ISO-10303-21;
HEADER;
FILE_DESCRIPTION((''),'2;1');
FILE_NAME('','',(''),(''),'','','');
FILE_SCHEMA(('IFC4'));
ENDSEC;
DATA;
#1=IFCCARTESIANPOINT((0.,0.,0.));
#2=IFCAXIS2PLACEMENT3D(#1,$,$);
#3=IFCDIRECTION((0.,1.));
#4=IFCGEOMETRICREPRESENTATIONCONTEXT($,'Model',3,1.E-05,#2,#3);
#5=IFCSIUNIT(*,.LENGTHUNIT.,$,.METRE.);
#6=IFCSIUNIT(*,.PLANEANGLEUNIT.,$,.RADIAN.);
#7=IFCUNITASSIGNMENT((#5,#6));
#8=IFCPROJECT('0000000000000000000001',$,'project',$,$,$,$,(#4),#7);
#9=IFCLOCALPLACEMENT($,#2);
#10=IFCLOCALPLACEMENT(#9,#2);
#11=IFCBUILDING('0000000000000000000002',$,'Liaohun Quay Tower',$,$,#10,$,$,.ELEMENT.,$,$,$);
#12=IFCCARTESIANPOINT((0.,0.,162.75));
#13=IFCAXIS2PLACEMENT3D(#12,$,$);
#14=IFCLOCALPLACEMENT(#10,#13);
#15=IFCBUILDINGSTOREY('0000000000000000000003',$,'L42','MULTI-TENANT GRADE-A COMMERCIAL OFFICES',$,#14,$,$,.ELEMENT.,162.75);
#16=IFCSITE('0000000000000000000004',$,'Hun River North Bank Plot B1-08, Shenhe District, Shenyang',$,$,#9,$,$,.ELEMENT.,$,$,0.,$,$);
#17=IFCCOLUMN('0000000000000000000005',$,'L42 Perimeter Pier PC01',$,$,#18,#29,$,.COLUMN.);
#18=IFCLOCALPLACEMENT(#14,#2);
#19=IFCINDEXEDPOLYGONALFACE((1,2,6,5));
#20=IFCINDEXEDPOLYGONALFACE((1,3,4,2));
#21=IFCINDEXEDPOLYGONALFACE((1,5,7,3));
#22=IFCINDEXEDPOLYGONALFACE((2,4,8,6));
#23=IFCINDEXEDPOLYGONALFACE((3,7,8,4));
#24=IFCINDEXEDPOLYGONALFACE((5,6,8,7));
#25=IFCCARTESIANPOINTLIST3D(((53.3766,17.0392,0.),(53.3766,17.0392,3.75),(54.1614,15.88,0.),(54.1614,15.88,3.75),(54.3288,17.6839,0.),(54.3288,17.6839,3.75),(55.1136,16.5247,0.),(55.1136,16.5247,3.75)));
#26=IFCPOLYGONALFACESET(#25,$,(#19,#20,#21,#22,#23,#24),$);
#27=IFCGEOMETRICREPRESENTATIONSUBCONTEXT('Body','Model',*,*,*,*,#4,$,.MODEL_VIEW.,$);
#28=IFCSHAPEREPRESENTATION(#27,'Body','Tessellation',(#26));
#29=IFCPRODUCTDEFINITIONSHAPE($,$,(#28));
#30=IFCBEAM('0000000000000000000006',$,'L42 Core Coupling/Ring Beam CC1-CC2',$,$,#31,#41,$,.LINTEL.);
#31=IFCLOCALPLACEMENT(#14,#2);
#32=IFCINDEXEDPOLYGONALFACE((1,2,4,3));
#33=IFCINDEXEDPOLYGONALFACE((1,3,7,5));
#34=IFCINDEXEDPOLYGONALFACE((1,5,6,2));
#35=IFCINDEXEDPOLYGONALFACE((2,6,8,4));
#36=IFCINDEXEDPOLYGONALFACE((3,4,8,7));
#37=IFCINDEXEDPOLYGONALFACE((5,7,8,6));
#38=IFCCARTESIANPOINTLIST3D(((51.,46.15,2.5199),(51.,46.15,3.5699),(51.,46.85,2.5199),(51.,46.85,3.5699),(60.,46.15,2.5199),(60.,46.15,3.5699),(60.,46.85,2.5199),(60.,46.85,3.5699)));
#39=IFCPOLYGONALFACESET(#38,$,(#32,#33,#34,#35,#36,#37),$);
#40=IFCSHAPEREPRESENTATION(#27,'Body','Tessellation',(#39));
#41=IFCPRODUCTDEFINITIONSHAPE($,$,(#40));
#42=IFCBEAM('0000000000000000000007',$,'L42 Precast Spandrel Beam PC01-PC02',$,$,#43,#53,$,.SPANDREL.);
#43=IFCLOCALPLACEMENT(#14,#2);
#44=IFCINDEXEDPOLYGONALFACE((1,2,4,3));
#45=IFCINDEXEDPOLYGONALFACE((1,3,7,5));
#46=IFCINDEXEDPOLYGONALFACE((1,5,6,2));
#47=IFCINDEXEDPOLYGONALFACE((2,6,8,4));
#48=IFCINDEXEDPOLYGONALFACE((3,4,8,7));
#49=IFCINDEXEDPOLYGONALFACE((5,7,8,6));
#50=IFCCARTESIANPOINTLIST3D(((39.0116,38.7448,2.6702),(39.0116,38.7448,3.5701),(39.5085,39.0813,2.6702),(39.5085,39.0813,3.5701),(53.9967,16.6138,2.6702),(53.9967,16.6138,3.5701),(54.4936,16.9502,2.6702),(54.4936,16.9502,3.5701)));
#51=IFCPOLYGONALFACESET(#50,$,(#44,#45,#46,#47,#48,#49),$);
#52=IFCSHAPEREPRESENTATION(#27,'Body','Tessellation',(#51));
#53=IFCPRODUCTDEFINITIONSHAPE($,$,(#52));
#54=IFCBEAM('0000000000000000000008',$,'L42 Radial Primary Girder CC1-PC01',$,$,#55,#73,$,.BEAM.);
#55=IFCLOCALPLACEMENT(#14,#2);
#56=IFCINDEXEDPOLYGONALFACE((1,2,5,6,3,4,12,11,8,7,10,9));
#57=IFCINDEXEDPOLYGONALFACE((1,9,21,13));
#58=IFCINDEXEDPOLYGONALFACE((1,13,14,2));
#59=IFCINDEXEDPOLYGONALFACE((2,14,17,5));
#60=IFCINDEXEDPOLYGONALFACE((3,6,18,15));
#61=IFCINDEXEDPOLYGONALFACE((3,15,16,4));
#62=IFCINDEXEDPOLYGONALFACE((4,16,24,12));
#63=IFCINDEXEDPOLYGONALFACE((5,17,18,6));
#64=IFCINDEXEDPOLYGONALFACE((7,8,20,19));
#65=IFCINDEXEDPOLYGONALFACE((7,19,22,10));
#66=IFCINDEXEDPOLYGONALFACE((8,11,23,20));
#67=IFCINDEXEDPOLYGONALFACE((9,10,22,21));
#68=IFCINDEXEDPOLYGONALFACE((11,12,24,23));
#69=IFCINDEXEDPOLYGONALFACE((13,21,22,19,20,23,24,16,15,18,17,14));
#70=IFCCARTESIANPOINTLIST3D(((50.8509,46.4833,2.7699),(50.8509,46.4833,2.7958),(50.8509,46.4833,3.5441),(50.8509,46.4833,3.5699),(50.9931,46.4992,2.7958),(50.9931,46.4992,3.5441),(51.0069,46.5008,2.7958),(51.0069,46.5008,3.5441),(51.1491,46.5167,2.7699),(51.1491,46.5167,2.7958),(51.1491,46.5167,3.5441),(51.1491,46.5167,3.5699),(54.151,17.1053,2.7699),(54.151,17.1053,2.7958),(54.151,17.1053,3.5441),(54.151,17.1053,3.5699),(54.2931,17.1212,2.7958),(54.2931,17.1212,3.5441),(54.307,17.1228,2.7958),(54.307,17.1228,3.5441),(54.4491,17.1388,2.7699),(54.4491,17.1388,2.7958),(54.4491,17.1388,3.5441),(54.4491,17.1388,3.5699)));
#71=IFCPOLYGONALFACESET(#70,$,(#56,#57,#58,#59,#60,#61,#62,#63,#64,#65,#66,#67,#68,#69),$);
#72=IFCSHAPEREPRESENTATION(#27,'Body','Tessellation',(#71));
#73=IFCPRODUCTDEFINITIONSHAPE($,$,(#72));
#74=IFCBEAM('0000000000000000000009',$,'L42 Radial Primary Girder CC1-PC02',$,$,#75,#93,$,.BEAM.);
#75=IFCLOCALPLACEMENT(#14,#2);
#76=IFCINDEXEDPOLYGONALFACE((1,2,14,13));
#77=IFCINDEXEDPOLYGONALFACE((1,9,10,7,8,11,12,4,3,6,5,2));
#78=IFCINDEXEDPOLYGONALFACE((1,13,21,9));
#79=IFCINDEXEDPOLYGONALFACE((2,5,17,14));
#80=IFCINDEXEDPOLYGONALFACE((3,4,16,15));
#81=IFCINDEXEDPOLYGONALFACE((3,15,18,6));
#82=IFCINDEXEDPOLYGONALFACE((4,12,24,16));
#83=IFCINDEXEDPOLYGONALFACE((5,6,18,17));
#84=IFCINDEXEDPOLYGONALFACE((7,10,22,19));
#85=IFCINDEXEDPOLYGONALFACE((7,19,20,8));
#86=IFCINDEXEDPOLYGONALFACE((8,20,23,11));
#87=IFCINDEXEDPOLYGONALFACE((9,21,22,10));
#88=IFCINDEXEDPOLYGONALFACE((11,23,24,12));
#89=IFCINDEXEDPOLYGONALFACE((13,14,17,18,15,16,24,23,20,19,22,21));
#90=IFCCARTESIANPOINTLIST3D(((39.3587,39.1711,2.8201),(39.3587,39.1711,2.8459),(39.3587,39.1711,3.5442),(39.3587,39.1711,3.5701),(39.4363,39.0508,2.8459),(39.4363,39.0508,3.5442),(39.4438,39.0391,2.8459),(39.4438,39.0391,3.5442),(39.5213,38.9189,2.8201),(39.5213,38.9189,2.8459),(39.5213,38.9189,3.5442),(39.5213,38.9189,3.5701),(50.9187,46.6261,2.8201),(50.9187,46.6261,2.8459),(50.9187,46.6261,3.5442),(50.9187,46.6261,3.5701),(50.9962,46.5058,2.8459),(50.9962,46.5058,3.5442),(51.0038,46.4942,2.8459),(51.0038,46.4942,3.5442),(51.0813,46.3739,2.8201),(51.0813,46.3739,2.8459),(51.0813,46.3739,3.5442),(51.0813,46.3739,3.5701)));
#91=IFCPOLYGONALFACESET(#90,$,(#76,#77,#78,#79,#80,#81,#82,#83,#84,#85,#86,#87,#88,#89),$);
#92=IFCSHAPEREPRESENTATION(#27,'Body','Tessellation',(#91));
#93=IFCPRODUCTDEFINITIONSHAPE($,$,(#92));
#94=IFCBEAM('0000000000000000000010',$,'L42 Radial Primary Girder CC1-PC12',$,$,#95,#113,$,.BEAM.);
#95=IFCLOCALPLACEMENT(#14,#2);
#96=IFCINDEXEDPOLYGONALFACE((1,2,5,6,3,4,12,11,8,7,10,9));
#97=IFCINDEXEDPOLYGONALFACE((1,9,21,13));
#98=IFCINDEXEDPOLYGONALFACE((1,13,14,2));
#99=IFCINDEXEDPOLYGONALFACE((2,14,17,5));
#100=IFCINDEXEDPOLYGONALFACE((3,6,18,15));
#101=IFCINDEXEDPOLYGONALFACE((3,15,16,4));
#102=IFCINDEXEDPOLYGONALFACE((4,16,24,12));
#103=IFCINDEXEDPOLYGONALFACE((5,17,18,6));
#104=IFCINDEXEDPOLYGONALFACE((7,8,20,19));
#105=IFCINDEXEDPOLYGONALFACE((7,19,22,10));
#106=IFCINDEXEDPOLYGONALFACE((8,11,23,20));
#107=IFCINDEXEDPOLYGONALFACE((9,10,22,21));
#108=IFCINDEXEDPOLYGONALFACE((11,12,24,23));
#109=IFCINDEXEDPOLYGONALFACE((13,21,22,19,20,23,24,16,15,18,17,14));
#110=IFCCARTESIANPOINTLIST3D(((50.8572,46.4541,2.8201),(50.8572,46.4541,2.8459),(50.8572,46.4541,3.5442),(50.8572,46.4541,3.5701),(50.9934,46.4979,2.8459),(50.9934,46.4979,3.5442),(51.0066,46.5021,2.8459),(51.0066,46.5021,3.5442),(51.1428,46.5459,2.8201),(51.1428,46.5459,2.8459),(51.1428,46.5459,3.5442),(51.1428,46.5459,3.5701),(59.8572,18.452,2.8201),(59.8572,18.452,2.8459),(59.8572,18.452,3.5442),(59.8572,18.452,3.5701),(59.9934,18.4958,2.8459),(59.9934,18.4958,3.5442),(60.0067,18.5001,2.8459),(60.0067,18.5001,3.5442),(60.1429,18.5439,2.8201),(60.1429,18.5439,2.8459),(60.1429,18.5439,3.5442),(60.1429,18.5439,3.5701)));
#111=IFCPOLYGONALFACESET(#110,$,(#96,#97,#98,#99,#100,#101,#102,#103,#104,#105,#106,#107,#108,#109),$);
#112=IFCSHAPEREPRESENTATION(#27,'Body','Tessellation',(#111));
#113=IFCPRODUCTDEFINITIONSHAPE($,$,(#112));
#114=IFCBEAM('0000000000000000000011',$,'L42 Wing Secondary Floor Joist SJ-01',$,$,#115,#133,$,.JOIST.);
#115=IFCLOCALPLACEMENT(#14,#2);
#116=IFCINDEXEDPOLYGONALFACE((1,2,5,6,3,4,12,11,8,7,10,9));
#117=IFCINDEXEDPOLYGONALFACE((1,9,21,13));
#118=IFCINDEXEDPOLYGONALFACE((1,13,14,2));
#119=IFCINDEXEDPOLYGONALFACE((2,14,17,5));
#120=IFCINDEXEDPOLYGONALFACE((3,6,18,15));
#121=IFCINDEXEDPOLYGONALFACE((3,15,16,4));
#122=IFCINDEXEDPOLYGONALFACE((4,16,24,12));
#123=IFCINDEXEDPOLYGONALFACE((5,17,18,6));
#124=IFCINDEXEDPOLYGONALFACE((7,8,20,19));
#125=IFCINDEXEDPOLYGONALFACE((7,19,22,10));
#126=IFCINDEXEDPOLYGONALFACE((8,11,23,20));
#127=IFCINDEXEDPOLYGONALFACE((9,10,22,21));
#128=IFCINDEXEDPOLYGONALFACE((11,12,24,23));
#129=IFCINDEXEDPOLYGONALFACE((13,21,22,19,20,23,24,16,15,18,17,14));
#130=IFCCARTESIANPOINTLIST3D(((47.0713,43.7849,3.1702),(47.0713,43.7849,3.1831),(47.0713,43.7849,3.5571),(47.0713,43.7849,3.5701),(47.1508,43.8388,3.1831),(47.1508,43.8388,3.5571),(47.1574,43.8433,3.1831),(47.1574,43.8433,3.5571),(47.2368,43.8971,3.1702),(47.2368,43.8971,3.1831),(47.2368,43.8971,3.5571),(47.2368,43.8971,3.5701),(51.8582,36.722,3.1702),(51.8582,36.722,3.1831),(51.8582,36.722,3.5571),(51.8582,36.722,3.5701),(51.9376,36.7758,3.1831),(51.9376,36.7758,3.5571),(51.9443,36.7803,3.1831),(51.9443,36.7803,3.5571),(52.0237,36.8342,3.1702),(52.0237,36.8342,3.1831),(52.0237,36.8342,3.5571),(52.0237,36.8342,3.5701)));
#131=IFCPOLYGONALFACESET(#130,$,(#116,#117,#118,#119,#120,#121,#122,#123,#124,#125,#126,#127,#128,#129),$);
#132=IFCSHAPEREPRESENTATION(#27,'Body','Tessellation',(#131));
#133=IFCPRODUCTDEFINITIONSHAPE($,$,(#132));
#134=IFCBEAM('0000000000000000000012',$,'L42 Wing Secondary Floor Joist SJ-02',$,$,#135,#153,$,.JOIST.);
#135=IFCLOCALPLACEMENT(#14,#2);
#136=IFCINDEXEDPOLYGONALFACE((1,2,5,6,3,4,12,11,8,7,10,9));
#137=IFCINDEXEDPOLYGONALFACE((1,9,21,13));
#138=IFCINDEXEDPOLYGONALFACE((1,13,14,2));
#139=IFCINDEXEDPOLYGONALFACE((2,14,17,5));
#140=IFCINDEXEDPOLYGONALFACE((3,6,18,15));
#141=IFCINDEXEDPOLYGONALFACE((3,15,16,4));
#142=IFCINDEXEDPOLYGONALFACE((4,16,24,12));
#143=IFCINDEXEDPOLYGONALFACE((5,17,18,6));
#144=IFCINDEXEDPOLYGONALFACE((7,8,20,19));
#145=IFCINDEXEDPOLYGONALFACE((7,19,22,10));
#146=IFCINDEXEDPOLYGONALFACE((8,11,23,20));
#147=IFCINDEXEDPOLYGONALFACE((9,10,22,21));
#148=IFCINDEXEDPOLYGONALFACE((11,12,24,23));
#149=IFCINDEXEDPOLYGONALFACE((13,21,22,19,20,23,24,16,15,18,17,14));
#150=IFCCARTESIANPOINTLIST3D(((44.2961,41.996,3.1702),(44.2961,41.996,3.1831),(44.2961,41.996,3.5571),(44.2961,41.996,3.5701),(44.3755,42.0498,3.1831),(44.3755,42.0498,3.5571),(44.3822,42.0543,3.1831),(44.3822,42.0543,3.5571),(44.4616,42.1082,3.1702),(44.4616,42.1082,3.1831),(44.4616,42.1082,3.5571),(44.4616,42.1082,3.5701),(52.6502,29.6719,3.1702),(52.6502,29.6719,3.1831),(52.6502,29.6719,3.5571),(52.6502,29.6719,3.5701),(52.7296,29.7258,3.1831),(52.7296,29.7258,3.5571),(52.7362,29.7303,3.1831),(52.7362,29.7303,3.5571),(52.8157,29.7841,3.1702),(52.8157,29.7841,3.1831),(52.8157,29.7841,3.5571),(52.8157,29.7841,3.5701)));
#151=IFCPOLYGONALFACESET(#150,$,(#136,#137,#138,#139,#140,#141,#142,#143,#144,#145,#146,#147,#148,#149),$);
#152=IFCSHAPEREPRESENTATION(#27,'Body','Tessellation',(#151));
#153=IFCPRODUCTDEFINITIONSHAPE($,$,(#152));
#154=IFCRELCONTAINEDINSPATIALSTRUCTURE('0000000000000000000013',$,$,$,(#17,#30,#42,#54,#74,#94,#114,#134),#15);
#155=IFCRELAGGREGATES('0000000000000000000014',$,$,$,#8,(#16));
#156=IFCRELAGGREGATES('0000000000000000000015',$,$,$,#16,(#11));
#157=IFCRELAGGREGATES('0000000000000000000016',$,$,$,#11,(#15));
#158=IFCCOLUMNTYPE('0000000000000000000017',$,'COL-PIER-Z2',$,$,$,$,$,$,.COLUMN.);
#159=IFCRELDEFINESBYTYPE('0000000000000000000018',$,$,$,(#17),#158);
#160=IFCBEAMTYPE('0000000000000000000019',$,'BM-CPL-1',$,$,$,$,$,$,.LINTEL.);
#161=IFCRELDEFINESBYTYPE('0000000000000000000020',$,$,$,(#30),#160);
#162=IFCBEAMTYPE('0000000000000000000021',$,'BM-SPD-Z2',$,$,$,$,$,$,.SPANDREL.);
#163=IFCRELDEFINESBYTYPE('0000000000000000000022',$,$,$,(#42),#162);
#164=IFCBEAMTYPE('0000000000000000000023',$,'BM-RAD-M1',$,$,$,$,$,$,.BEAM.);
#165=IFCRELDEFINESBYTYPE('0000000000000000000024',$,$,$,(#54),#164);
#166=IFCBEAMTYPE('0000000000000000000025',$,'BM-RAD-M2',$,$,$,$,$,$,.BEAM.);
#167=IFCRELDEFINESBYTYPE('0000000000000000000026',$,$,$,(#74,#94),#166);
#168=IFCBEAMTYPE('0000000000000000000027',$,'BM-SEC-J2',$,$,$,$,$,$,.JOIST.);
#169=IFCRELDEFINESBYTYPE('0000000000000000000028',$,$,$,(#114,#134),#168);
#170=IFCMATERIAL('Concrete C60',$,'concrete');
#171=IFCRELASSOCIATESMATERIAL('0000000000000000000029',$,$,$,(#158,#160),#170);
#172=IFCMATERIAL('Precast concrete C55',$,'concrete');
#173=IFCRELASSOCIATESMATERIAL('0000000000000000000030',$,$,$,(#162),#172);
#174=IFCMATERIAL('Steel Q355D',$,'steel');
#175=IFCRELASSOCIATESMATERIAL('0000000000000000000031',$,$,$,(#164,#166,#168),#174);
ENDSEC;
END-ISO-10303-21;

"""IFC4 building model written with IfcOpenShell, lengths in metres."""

from ifc_helpers import new_model, si_unit, direction, frame, origin, origin_2d, place, context, subcontext, project, spatial, rectangle, i_section, extrude, source, transform, mapped, material, material_profile, profile_set, type_object, element, save


model = new_model("IFC4")

# Units and contexts
model_context = context("Model", 3, precision=1e-05, world=origin(), true_north=direction((0.0, 1.0)))
body_context = subcontext(model_context, "Body", "Model", "MODEL_VIEW")
ifc_project = project(units=[si_unit("LENGTHUNIT", "METRE"), si_unit("PLANEANGLEUNIT", "RADIAN")], contexts=[model_context])

# Site, building, storey
site_placement = place(None, origin())
site = spatial("IfcSite", under=ifc_project, at=site_placement, Name="Hun River North Bank Plot B1-08, Shenhe District, Shenyang", CompositionType="ELEMENT", RefElevation=0.0)
building_placement = place(site_placement, origin())
building = spatial("IfcBuilding", under=site, at=building_placement, Name="Liaohun Quay Tower", CompositionType="ELEMENT")
storey_placement = place(building_placement, frame((0.0, 0.0, 162.75)))
storey = spatial("IfcBuildingStorey", under=building, at=storey_placement, Name="L42", Description="MULTI-TENANT GRADE-A COMMERCIAL OFFICES", CompositionType="ELEMENT", Elevation=162.75)

# Column
ifc_material_1 = material(Name="Concrete C60", Category="concrete")
ifc_material_profile_1 = material_profile(ifc_material_1, rectangle(XDim=1.3999, YDim=1.1499, at=origin_2d()), Name="RC1400x1150")
ifc_profile_set_1 = profile_set([ifc_material_profile_1], Name="Concrete C60")
column_type = type_object("IfcColumnType", Name="COL-PIER-Z2", PredefinedType="COLUMN", material=ifc_profile_set_1)
shared_shape_1 = source(origin(), body_context, "Body", "SweptSolid", [
    extrude(rectangle(XDim=1.3999, YDim=1.1499, at=origin_2d()), origin(), (0.0, 0.0, 1.0), 3.75),
])
column_placement = place(storey_placement, frame((54.2451, 16.782, 0.0), z_axis=(0.0, 0.0, 1.0), x_axis=(-0.560639, 0.82806, 0.0)))
element("IfcColumn", 1, at=column_placement, inside=storey, type_object=column_type, Name="L42 Perimeter Pier PC01", PredefinedType="COLUMN", context=body_context, shape_type="MappedRepresentation", body=[
    mapped(shared_shape_1, transform((0.0, 0.0, 0.0), x_axis=(1.0, 0.0, 0.0), y_axis=(0.0, 1.0, 0.0), z_axis=(0.0, 0.0, 1.0), scale=1.0)),
])

# Beams
ifc_material_profile_2 = material_profile(ifc_material_1, rectangle(XDim=0.7, YDim=1.05, at=origin_2d()), Name="RC700x1050")
ifc_profile_set_2 = profile_set([ifc_material_profile_2], Name="Concrete C60")
beam_type_1 = type_object("IfcBeamType", Name="BM-CPL-1", PredefinedType="LINTEL", material=ifc_profile_set_2)
shared_shape_2 = source(origin(), body_context, "Body", "SweptSolid", [
    extrude(rectangle(XDim=0.7, YDim=1.05, at=origin_2d()), origin(), (0.0, 0.0, 1.0), 9.0),
])
beam_1_placement = place(storey_placement, frame((51.0, 46.5, 3.0449), z_axis=(1.0, 0.0, 0.0), x_axis=(0.0, 1.0, 0.0)))
element("IfcBeam", 2, at=beam_1_placement, inside=storey, type_object=beam_type_1, Name="L42 Core Coupling/Ring Beam CC1-CC2", PredefinedType="LINTEL", context=body_context, shape_type="MappedRepresentation", body=[
    mapped(shared_shape_2, transform((0.0, 0.0, 0.0), x_axis=(1.0, 0.0, 0.0), y_axis=(0.0, 1.0, 0.0), z_axis=(0.0, 0.0, 1.0), scale=1.0)),
])
ifc_material_2 = material(Name="Precast concrete C55", Category="concrete")
ifc_material_profile_3 = material_profile(ifc_material_2, rectangle(XDim=0.6001, YDim=0.8999, at=origin_2d()), Name="RC600x900")
ifc_profile_set_3 = profile_set([ifc_material_profile_3], Name="Precast concrete C55")
beam_type_2 = type_object("IfcBeamType", Name="BM-SPD-Z2", PredefinedType="SPANDREL", material=ifc_profile_set_3)
shared_shape_3 = source(origin(), body_context, "Body", "SweptSolid", [
    extrude(rectangle(XDim=0.6001, YDim=0.8999, at=origin_2d()), origin(), (0.0, 0.0, 1.0), 26.7271),
])
beam_2_placement = place(storey_placement, frame((54.2451, 16.782, 3.1201), z_axis=(-0.56067, 0.828039, 0.0), x_axis=(-0.828039, -0.56067, 0.0)))
element("IfcBeam", 3, at=beam_2_placement, inside=storey, type_object=beam_type_2, Name="L42 Precast Spandrel Beam PC01-PC02", PredefinedType="SPANDREL", context=body_context, shape_type="MappedRepresentation", body=[
    mapped(shared_shape_3, transform((0.0, 0.0, 0.0), x_axis=(1.0, 0.0, 0.0), y_axis=(0.0, 1.0, 0.0), z_axis=(0.0, 0.0, 1.0), scale=1.0)),
])
ifc_material_3 = material(Name="Steel Q355D", Category="steel")
ifc_material_profile_4 = material_profile(ifc_material_3, i_section(OverallWidth=0.3, OverallDepth=0.8, WebThickness=0.0139, FlangeThickness=0.0259, at=origin_2d()), Name="HN800x300x14x26")
ifc_profile_set_4 = profile_set([ifc_material_profile_4], Name="Steel Q355D")
beam_type_3 = type_object("IfcBeamType", Name="BM-RAD-M1", PredefinedType="BEAM", material=ifc_profile_set_4)
shared_shape_4 = source(origin(), body_context, "Body", "SweptSolid", [
    extrude(i_section(OverallWidth=0.3, OverallDepth=0.8, WebThickness=0.0139, FlangeThickness=0.0259, at=origin_2d()), origin(), (0.0, 0.0, 1.0), 29.5627),
])
beam_3_placement = place(storey_placement, frame((51.0, 46.5, 3.1699), z_axis=(0.111629, -0.99375, 0.0), x_axis=(0.99375, 0.111629, 0.0)))
element("IfcBeam", 4, at=beam_3_placement, inside=storey, type_object=beam_type_3, Name="L42 Radial Primary Girder CC1-PC01", PredefinedType="BEAM", context=body_context, shape_type="MappedRepresentation", body=[
    mapped(shared_shape_4, transform((0.0, 0.0, 0.0), x_axis=(1.0, 0.0, 0.0), y_axis=(0.0, 1.0, 0.0), z_axis=(0.0, 0.0, 1.0), scale=1.0)),
])
ifc_material_profile_5 = material_profile(ifc_material_3, i_section(OverallWidth=0.3, OverallDepth=0.75, WebThickness=0.0139, FlangeThickness=0.0259, at=origin_2d()), Name="HN750x300x14x26")
ifc_profile_set_5 = profile_set([ifc_material_profile_5], Name="Steel Q355D")
beam_type_4 = type_object("IfcBeamType", Name="BM-RAD-M2", PredefinedType="BEAM", material=ifc_profile_set_5)
shared_shape_5 = source(origin(), body_context, "Body", "SweptSolid", [
    extrude(i_section(OverallWidth=0.3, OverallDepth=0.75, WebThickness=0.0139, FlangeThickness=0.0259, at=origin_2d()), origin(), (0.0, 0.0, 1.0), 13.7554),
])
beam_4_placement = place(storey_placement, frame((51.0, 46.5, 3.1951), z_axis=(-0.840397, -0.541972, 0.0), x_axis=(0.541972, -0.840397, 0.0)))
element("IfcBeam", 5, at=beam_4_placement, inside=storey, type_object=beam_type_4, Name="L42 Radial Primary Girder CC1-PC02", PredefinedType="BEAM", context=body_context, shape_type="MappedRepresentation", body=[
    mapped(shared_shape_5, transform((0.0, 0.0, 0.0), x_axis=(1.0, 0.0, 0.0), y_axis=(0.0, 1.0, 0.0), z_axis=(0.0, 0.0, 1.0), scale=1.0)),
])
shared_shape_6 = source(origin(), body_context, "Body", "SweptSolid", [
    extrude(i_section(OverallWidth=0.3, OverallDepth=0.75, WebThickness=0.0139, FlangeThickness=0.0259, at=origin_2d()), origin(), (0.0, 0.0, 1.0), 29.4128),
])
beam_5_placement = place(storey_placement, frame((51.0, 46.5, 3.1951), z_axis=(0.30599, -0.952035, 0.0), x_axis=(0.952035, 0.30599, 0.0)))
element("IfcBeam", 6, at=beam_5_placement, inside=storey, type_object=beam_type_4, Name="L42 Radial Primary Girder CC1-PC12", PredefinedType="BEAM", context=body_context, shape_type="MappedRepresentation", body=[
    mapped(shared_shape_6, transform((0.0, 0.0, 0.0), x_axis=(1.0, 0.0, 0.0), y_axis=(0.0, 1.0, 0.0), z_axis=(0.0, 0.0, 1.0), scale=1.0)),
])
ifc_material_profile_6 = material_profile(ifc_material_3, i_section(OverallWidth=0.2, OverallDepth=0.3999, WebThickness=0.0081, FlangeThickness=0.0129, at=origin_2d()), Name="HN400x200x8x13")
ifc_profile_set_6 = profile_set([ifc_material_profile_6], Name="Steel Q355D")
beam_type_5 = type_object("IfcBeamType", Name="BM-SEC-J2", PredefinedType="JOIST", material=ifc_profile_set_6)
shared_shape_7 = source(origin(), body_context, "Body", "SweptSolid", [
    extrude(i_section(OverallWidth=0.2, OverallDepth=0.3999, WebThickness=0.0081, FlangeThickness=0.0129, at=origin_2d()), origin(), (0.0, 0.0, 1.0), 8.5322),
])
beam_6_placement = place(storey_placement, frame((51.9409, 36.7781, 3.3701), z_axis=(-0.56103, 0.827796, 0.0), x_axis=(-0.827796, -0.56103, 0.0)))
element("IfcBeam", 7, at=beam_6_placement, inside=storey, type_object=beam_type_5, Name="L42 Wing Secondary Floor Joist SJ-01", PredefinedType="JOIST", context=body_context, shape_type="MappedRepresentation", body=[
    mapped(shared_shape_7, transform((0.0, 0.0, 0.0), x_axis=(1.0, 0.0, 0.0), y_axis=(0.0, 1.0, 0.0), z_axis=(0.0, 0.0, 1.0), scale=1.0)),
])
shared_shape_8 = source(origin(), body_context, "Body", "SweptSolid", [
    extrude(i_section(OverallWidth=0.2, OverallDepth=0.3999, WebThickness=0.0081, FlangeThickness=0.0129, at=origin_2d()), origin(), (0.0, 0.0, 1.0), 14.8887),
])
beam_7_placement = place(storey_placement, frame((52.7329, 29.728, 3.3701), z_axis=(-0.561102, 0.827747, 0.0), x_axis=(-0.827747, -0.561102, 0.0)))
element("IfcBeam", 8, at=beam_7_placement, inside=storey, type_object=beam_type_5, Name="L42 Wing Secondary Floor Joist SJ-02", PredefinedType="JOIST", context=body_context, shape_type="MappedRepresentation", body=[
    mapped(shared_shape_8, transform((0.0, 0.0, 0.0), x_axis=(1.0, 0.0, 0.0), y_axis=(0.0, 1.0, 0.0), z_axis=(0.0, 0.0, 1.0), scale=1.0)),
])

save(model, "model.ifc")
